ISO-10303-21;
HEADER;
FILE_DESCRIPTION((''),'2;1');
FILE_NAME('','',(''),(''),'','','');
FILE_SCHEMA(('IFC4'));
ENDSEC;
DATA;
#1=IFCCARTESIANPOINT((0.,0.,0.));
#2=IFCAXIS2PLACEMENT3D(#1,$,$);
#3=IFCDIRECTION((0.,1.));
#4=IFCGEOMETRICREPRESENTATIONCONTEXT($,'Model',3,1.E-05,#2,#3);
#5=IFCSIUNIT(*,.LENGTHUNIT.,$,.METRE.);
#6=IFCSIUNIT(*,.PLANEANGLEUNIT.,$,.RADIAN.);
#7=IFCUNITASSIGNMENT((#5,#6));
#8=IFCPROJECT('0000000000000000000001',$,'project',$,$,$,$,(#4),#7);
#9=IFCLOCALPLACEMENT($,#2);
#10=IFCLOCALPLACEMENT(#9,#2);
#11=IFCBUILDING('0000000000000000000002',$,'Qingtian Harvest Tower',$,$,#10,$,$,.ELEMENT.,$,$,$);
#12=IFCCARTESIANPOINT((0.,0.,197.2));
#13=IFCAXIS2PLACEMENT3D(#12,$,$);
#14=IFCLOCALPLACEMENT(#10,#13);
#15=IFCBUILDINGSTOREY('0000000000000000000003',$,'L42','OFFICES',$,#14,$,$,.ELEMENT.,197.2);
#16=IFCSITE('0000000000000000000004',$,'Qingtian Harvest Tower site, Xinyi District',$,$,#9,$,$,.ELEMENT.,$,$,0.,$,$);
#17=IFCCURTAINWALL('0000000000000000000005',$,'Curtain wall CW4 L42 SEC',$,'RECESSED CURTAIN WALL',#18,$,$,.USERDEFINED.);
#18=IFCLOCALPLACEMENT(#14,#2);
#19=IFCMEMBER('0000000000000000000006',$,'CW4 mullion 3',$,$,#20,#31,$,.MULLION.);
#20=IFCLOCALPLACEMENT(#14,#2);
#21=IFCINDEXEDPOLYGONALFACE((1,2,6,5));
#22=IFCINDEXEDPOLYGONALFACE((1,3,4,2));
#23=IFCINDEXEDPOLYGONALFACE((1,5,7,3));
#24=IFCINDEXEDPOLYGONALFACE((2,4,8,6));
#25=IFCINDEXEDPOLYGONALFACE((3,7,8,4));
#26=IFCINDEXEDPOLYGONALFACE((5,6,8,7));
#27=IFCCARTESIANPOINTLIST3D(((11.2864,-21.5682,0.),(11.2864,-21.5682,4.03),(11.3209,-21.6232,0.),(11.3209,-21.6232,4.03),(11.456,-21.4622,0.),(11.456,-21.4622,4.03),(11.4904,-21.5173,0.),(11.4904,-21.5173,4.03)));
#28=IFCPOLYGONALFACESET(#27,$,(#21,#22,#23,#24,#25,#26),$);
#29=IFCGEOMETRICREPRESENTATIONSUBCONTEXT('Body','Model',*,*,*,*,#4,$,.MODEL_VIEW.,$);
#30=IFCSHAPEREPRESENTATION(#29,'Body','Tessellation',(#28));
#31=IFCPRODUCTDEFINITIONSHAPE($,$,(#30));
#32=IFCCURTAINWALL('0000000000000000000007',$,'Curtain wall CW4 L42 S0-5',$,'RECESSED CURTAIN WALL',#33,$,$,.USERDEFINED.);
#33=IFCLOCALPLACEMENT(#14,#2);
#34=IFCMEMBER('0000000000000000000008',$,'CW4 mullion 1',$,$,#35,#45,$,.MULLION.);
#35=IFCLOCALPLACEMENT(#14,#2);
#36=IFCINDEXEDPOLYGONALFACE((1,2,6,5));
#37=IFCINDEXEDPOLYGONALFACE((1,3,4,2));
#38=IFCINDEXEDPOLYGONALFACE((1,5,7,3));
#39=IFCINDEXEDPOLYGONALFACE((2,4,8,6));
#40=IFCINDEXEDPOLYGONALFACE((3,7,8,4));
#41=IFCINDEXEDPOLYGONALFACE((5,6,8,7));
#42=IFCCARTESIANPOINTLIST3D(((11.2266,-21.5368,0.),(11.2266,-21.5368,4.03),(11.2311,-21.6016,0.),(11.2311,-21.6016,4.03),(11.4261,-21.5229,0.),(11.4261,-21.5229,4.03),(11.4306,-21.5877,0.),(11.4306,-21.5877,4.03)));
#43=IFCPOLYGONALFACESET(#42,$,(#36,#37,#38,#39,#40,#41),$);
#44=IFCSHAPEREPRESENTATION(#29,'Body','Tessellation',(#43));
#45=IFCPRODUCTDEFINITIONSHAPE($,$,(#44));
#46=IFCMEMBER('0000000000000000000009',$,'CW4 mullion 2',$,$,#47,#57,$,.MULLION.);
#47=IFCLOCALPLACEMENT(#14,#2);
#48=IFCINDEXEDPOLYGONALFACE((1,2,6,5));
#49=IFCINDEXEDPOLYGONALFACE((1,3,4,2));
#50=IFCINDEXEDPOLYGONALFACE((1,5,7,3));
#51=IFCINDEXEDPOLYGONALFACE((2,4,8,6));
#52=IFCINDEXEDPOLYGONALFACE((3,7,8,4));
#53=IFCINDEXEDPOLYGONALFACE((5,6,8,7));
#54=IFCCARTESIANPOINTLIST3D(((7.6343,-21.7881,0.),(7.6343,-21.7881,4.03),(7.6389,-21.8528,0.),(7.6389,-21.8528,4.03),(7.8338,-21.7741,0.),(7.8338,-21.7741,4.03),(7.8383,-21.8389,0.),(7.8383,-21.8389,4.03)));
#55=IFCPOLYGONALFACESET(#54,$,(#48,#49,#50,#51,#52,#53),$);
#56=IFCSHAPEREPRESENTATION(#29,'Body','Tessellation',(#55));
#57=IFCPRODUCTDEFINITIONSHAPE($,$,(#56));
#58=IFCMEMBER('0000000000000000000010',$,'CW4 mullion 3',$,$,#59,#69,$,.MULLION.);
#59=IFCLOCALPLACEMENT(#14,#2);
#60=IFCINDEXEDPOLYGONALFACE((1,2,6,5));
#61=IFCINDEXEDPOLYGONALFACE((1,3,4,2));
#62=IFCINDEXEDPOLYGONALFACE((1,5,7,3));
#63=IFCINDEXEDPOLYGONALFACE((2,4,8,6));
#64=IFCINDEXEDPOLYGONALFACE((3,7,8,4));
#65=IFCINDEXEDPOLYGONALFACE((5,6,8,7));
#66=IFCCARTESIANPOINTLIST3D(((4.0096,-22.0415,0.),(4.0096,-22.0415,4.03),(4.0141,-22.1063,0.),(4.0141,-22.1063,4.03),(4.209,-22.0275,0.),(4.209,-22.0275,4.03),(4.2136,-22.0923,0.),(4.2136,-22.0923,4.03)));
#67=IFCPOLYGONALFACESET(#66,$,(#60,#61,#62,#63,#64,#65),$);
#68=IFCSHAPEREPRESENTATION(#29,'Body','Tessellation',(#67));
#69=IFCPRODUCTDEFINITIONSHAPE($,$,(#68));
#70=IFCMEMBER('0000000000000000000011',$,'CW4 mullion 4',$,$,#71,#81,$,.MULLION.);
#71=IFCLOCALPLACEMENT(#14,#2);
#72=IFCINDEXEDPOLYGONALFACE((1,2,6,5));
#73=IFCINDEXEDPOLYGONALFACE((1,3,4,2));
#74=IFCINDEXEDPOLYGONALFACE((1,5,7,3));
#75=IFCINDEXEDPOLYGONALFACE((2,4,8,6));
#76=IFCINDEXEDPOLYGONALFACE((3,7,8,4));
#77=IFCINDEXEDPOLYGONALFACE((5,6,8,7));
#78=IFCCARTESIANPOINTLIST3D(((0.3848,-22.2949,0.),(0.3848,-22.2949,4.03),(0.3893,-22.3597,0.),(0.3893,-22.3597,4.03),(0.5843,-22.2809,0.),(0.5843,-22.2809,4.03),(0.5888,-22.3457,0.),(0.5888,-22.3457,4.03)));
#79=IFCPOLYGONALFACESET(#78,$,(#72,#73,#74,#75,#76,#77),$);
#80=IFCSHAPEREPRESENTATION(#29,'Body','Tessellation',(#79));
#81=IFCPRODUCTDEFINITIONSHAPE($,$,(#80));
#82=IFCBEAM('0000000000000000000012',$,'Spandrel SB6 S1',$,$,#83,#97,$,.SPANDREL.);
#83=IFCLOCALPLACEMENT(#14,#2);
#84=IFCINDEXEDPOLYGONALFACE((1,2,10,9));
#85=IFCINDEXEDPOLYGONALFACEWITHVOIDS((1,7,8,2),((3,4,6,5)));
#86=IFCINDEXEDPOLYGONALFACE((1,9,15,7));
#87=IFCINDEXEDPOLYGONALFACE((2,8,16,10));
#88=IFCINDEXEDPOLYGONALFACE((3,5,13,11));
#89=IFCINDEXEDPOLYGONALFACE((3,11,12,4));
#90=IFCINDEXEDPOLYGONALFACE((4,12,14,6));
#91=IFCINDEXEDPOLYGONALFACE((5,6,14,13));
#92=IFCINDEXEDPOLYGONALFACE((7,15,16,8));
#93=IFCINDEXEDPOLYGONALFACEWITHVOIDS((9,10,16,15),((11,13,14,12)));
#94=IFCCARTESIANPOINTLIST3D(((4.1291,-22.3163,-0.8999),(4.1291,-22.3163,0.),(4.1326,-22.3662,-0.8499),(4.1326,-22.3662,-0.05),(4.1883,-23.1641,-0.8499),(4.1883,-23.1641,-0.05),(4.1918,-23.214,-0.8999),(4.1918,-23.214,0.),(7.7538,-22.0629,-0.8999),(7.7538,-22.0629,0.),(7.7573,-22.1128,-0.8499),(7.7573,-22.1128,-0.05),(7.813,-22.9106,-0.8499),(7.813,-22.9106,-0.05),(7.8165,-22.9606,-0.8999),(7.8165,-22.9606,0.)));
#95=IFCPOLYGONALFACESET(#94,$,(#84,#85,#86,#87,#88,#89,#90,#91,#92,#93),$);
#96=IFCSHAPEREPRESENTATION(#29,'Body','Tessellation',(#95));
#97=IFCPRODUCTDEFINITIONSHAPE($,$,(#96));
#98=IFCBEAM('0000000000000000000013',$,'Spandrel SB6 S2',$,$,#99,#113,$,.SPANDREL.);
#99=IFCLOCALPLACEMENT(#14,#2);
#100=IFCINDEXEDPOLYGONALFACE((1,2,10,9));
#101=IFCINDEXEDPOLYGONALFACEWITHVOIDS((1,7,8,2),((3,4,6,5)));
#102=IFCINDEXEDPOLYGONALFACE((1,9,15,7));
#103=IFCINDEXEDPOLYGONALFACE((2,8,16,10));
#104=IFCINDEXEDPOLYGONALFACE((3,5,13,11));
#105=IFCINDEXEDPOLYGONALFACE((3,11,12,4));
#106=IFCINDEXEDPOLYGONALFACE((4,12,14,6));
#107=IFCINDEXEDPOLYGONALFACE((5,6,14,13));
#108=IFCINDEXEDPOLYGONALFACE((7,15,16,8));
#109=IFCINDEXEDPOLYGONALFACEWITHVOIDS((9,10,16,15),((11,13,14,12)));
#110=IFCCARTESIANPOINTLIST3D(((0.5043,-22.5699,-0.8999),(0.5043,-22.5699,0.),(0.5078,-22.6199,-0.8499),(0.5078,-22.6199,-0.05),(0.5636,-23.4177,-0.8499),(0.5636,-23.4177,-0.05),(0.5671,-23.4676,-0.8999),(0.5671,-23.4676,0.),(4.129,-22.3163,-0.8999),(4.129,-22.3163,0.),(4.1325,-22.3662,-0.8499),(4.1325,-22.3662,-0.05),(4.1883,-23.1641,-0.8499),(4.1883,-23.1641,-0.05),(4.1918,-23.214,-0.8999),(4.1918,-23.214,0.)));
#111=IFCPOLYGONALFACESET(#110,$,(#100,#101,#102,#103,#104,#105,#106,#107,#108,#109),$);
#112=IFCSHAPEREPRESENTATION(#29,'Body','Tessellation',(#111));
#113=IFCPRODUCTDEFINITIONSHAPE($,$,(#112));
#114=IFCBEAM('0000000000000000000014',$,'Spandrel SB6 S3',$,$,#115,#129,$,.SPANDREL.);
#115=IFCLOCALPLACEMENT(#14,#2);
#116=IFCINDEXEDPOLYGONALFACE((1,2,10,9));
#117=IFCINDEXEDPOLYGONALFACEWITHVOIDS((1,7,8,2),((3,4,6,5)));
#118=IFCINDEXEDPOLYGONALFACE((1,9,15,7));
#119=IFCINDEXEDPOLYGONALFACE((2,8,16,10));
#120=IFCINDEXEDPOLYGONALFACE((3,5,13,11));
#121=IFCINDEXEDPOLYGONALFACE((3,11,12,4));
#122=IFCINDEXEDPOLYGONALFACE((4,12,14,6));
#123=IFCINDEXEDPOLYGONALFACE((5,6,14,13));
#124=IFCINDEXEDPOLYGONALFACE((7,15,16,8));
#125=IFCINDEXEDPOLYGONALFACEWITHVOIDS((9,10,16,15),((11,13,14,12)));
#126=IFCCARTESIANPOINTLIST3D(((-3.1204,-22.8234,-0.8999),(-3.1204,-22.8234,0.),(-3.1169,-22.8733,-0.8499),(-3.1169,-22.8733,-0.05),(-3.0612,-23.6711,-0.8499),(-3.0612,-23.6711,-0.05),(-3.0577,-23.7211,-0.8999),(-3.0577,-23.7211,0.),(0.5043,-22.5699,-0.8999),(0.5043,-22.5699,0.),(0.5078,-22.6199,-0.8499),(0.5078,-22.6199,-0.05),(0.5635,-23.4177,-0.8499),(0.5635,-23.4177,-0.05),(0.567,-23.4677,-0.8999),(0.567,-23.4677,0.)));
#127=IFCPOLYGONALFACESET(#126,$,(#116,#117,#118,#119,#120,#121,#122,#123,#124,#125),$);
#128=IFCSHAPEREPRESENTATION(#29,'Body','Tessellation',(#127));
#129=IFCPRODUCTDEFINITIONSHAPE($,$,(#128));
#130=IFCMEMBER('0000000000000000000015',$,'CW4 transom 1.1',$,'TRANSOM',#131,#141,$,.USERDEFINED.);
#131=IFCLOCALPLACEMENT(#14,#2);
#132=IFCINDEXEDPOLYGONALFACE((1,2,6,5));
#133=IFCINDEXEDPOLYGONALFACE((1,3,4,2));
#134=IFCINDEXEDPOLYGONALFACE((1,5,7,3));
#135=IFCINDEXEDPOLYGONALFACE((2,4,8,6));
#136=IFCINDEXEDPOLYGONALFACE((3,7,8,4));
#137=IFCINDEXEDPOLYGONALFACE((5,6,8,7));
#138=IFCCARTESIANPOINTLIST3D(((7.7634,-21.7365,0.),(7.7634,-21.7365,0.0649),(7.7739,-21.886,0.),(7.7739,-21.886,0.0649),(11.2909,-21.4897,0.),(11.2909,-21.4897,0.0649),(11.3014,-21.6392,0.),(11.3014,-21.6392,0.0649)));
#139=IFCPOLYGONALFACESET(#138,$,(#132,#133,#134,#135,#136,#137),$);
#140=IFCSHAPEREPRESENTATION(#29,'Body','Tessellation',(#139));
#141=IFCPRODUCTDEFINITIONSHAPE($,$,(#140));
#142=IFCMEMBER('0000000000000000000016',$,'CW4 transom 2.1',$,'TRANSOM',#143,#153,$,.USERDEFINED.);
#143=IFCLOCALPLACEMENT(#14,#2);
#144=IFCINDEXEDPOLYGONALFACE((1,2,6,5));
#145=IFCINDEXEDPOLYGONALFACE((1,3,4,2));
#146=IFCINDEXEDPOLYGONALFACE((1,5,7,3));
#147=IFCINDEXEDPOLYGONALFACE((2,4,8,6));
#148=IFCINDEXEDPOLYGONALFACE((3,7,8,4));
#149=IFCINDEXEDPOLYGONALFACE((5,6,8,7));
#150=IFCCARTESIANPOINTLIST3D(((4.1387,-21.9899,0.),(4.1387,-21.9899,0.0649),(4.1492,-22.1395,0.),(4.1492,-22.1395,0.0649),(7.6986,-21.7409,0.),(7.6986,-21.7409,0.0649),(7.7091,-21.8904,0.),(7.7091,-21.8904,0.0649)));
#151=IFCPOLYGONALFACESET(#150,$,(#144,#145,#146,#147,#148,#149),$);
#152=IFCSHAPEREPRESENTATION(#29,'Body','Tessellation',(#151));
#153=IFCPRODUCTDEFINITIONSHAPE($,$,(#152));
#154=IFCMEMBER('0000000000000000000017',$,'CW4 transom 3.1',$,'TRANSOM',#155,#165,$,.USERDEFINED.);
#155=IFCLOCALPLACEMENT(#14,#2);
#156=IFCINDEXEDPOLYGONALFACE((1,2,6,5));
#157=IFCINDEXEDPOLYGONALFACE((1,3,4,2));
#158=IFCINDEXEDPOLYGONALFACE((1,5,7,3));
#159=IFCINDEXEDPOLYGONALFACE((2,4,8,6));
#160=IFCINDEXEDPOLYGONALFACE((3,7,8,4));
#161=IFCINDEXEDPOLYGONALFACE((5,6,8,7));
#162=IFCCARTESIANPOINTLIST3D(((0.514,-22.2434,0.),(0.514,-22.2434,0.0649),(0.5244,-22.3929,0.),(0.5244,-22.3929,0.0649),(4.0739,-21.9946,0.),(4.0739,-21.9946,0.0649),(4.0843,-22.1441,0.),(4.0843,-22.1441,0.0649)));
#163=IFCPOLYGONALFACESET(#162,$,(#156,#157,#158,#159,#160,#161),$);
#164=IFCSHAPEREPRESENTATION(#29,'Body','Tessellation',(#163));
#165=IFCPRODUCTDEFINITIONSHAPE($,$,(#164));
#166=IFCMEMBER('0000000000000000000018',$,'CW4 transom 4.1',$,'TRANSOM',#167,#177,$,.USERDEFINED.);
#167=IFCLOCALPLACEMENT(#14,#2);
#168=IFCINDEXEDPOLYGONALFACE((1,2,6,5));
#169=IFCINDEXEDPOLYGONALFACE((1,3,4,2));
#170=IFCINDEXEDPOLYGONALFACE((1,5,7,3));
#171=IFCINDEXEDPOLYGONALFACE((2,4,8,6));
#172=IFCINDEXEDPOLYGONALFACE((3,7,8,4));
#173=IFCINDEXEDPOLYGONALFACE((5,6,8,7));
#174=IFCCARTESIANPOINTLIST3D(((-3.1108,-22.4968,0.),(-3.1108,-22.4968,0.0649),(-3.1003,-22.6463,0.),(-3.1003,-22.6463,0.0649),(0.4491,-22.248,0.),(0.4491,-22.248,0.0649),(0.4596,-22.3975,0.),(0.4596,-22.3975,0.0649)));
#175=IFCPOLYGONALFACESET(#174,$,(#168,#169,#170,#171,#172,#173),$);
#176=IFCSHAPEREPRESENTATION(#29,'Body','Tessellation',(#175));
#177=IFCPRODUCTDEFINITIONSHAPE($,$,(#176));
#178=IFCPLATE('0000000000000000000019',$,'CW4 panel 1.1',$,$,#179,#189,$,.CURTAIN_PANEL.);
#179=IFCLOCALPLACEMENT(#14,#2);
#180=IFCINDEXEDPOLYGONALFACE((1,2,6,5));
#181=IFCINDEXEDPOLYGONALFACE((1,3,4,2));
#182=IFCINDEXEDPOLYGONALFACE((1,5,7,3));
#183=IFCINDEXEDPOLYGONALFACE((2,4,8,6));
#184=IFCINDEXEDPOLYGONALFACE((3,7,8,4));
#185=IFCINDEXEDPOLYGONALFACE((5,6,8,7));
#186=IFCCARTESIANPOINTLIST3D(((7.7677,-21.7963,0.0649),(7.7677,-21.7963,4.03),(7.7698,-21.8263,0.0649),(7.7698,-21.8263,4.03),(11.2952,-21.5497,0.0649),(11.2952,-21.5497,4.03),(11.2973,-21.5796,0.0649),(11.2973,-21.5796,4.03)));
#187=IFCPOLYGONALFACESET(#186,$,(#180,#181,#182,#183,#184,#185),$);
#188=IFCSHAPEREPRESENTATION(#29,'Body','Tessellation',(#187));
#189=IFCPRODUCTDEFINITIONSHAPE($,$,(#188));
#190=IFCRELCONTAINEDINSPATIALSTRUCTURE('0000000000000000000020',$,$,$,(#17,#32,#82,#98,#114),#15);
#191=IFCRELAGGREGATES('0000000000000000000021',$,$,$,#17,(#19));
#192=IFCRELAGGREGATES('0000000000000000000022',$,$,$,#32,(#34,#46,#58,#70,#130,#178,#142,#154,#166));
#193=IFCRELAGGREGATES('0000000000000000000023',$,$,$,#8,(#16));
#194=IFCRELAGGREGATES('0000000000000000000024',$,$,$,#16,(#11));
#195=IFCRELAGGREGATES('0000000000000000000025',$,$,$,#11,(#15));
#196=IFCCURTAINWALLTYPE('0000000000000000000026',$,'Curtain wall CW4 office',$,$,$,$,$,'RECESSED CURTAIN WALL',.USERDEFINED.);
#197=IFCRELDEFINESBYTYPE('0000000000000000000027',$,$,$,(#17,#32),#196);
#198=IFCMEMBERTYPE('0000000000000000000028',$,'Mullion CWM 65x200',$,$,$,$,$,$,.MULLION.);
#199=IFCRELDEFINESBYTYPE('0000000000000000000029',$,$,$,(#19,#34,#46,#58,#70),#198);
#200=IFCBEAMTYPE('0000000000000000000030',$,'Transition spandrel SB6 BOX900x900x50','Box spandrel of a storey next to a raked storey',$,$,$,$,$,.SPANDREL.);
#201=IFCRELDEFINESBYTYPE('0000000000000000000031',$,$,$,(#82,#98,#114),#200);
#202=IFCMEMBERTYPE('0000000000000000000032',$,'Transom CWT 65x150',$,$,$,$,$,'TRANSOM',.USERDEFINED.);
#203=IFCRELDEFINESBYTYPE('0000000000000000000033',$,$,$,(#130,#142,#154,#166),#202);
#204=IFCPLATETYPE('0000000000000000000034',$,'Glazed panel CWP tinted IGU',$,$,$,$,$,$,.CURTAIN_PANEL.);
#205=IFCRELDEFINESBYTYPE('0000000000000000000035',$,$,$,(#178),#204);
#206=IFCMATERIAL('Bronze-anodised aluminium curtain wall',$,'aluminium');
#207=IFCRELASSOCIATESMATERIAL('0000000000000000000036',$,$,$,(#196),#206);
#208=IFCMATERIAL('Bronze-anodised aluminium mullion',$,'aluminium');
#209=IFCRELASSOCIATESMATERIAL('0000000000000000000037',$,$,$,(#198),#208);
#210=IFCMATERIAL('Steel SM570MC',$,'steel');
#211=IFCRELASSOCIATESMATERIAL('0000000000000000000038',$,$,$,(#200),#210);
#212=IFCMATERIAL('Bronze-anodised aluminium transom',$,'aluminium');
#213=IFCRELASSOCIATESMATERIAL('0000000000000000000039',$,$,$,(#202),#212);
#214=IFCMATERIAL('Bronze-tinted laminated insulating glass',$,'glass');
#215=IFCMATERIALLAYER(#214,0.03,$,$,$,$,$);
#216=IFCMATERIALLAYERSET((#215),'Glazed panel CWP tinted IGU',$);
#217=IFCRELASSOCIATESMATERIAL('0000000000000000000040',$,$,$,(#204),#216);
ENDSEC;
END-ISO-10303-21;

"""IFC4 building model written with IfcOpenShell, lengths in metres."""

from ifc_helpers import new_model, si_unit, direction, frame, origin, origin_2d, place, context, subcontext, project, spatial, rectangle, hollow_rectangle, extrude, material, layer, layer_set, material_profile, profile_set, type_object, element, aggregate, save


model = new_model("IFC4")

# Units and contexts
model_context = context("Model", 3, precision=1e-05, world=origin(), true_north=direction((0.0, 1.0)))
body_context = subcontext(model_context, "Body", "Model", "MODEL_VIEW")
ifc_project = project(units=[si_unit("LENGTHUNIT", "METRE"), si_unit("PLANEANGLEUNIT", "RADIAN")], contexts=[model_context])

# Site, building, storey
site_placement = place(None, origin())
site = spatial("IfcSite", under=ifc_project, at=site_placement, Name="Qingtian Harvest Tower site, Xinyi District", CompositionType="ELEMENT", RefElevation=0.0)
building_placement = place(site_placement, origin())
building = spatial("IfcBuilding", under=site, at=building_placement, Name="Qingtian Harvest Tower", CompositionType="ELEMENT")
storey_placement = place(building_placement, frame((0.0, 0.0, 197.2)))
storey = spatial("IfcBuildingStorey", under=building, at=storey_placement, Name="L42", Description="OFFICES", CompositionType="ELEMENT", Elevation=197.2)

# Curtain wall, member
ifc_material_1 = material(Name="Bronze-anodised aluminium curtain wall", Category="aluminium")
curtain_wall_type = type_object("IfcCurtainWallType", Name="Curtain wall CW4 office", ElementType="RECESSED CURTAIN WALL", PredefinedType="USERDEFINED", material=ifc_material_1)
curtain_wall_1_placement = place(storey_placement, origin())
curtain_wall_1 = element("IfcCurtainWall", 1, at=curtain_wall_1_placement, inside=storey, type_object=curtain_wall_type, Name="Curtain wall CW4 L42 SEC", ObjectType="RECESSED CURTAIN WALL", PredefinedType="USERDEFINED")
ifc_material_2 = material(Name="Bronze-anodised aluminium mullion", Category="aluminium")
ifc_material_profile_1 = material_profile(ifc_material_2, rectangle(XDim=0.0649, YDim=0.2, at=origin_2d()), Name="AL 65x200")
ifc_profile_set_1 = profile_set([ifc_material_profile_1], Name="Bronze-anodised aluminium mullion")
member_type_1 = type_object("IfcMemberType", Name="Mullion CWM 65x200", PredefinedType="MULLION", material=ifc_profile_set_1)
member_1_placement = place(storey_placement, frame((11.3884, -21.5427, 0.0), z_axis=(0.0, 0.0, 1.0), x_axis=(0.529919, -0.848048, 0.0)))
member_1 = element("IfcMember", 2, at=member_1_placement, type_object=member_type_1, Name="CW4 mullion 3", PredefinedType="MULLION", context=body_context, shape_type="SweptSolid", body=[
    extrude(rectangle(XDim=0.0649, YDim=0.2, at=origin_2d()), origin(), (0.0, 0.0, 1.0), 4.03),
])
aggregate(curtain_wall_1, [member_1])

# Curtain wall, members
curtain_wall_2_placement = place(storey_placement, origin())
curtain_wall_2 = element("IfcCurtainWall", 3, at=curtain_wall_2_placement, inside=storey, type_object=curtain_wall_type, Name="Curtain wall CW4 L42 S0-5", ObjectType="RECESSED CURTAIN WALL", PredefinedType="USERDEFINED")
member_2_placement = place(storey_placement, frame((11.3286, -21.5623, 0.0), z_axis=(0.0, 0.0, 1.0), x_axis=(0.069756, -0.997564, 0.0)))
member_2 = element("IfcMember", 4, at=member_2_placement, type_object=member_type_1, Name="CW4 mullion 1", PredefinedType="MULLION", context=body_context, shape_type="SweptSolid", body=[
    extrude(rectangle(XDim=0.0649, YDim=0.2, at=origin_2d()), origin(), (0.0, 0.0, 1.0), 4.03),
])
member_3_placement = place(storey_placement, frame((7.7363, -21.8135, 0.0), z_axis=(0.0, 0.0, 1.0), x_axis=(0.069756, -0.997564, 0.0)))
member_3 = element("IfcMember", 5, at=member_3_placement, type_object=member_type_1, Name="CW4 mullion 2", PredefinedType="MULLION", context=body_context, shape_type="SweptSolid", body=[
    extrude(rectangle(XDim=0.0649, YDim=0.2, at=origin_2d()), origin(), (0.0, 0.0, 1.0), 4.03),
])
member_4_placement = place(storey_placement, frame((4.1116, -22.0669, 0.0), z_axis=(0.0, 0.0, 1.0), x_axis=(0.069756, -0.997564, 0.0)))
member_4 = element("IfcMember", 6, at=member_4_placement, type_object=member_type_1, Name="CW4 mullion 3", PredefinedType="MULLION", context=body_context, shape_type="SweptSolid", body=[
    extrude(rectangle(XDim=0.0649, YDim=0.2, at=origin_2d()), origin(), (0.0, 0.0, 1.0), 4.03),
])
member_5_placement = place(storey_placement, frame((0.4868, -22.3203, 0.0), z_axis=(0.0, 0.0, 1.0), x_axis=(0.069756, -0.997564, 0.0)))
member_5 = element("IfcMember", 7, at=member_5_placement, type_object=member_type_1, Name="CW4 mullion 4", PredefinedType="MULLION", context=body_context, shape_type="SweptSolid", body=[
    extrude(rectangle(XDim=0.0649, YDim=0.2, at=origin_2d()), origin(), (0.0, 0.0, 1.0), 4.03),
])

# Beams
ifc_material_3 = material(Name="Steel SM570MC", Category="steel")
ifc_material_profile_2 = material_profile(ifc_material_3, hollow_rectangle(XDim=0.8999, YDim=0.8999, WallThickness=0.05, at=origin_2d()), Name="BOX900x900x50")
ifc_profile_set_2 = profile_set([ifc_material_profile_2], Name="Steel SM570MC")
beam_type_1 = type_object("IfcBeamType", Name="Transition spandrel SB6 BOX900x900x50", Description="Box spandrel of a storey next to a raked storey", PredefinedType="SPANDREL", material=ifc_profile_set_2)
for number, where, z_axis, x_axis, name in (
    (8, (7.7852, -22.5117, -0.45), (-0.997565, -0.069743, 0.0), (0.069743, -0.997565, 0.0), "Spandrel SB6 S1"),
    (9, (4.1604, -22.7651, -0.45), (-0.99756, -0.06981, 0.0), (0.06981, -0.99756, 0.0), "Spandrel SB6 S2"),
    (10, (0.5356, -23.0188, -0.45), (-0.997565, -0.069743, 0.0), (0.069743, -0.997565, 0.0), "Spandrel SB6 S3"),
):
    element("IfcBeam", number, at=place(storey_placement, frame(where, z_axis=z_axis, x_axis=x_axis)), inside=storey, type_object=beam_type_1, Name=name, PredefinedType="SPANDREL", context=body_context, shape_type="SweptSolid", body=[
        extrude(hollow_rectangle(XDim=0.8999, YDim=0.8999, WallThickness=0.05, at=origin_2d()), origin(), (0.0, 0.0, 1.0), 3.6335),
    ])

# Members
ifc_material_4 = material(Name="Bronze-anodised aluminium transom", Category="aluminium")
ifc_material_profile_3 = material_profile(ifc_material_4, rectangle(XDim=0.1499, YDim=0.0649, at=origin_2d()), Name="AL 65x150")
ifc_profile_set_3 = profile_set([ifc_material_profile_3], Name="Bronze-anodised aluminium transom")
member_type_2 = type_object("IfcMemberType", Name="Transom CWT 65x150", ElementType="TRANSOM", PredefinedType="USERDEFINED", material=ifc_profile_set_3)
member_6_placement = place(storey_placement, frame((11.2961, -21.5645, 0.0325), z_axis=(-0.997561, -0.0698, 0.0), x_axis=(0.0698, -0.997561, 0.0)))
member_6 = element("IfcMember", 11, at=member_6_placement, type_object=member_type_2, Name="CW4 transom 1.1", ObjectType="TRANSOM", PredefinedType="USERDEFINED", context=body_context, shape_type="SweptSolid", body=[
    extrude(rectangle(XDim=0.1499, YDim=0.0649, at=origin_2d()), origin(), (0.0, 0.0, 1.0), 3.5361),
])
member_7_placement = place(storey_placement, frame((7.7039, -21.8157, 0.0325), z_axis=(-0.997562, -0.069784, 0.0), x_axis=(0.069784, -0.997562, 0.0)))
member_7 = element("IfcMember", 12, at=member_7_placement, type_object=member_type_2, Name="CW4 transom 2.1", ObjectType="TRANSOM", PredefinedType="USERDEFINED", context=body_context, shape_type="SweptSolid", body=[
    extrude(rectangle(XDim=0.1499, YDim=0.0649, at=origin_2d()), origin(), (0.0, 0.0, 1.0), 3.5686),
])
member_8_placement = place(storey_placement, frame((4.0791, -22.0693, 0.0325), z_axis=(-0.997567, -0.069715, 0.0), x_axis=(0.069715, -0.997567, 0.0)))
member_8 = element("IfcMember", 13, at=member_8_placement, type_object=member_type_2, Name="CW4 transom 3.1", ObjectType="TRANSOM", PredefinedType="USERDEFINED", context=body_context, shape_type="SweptSolid", body=[
    extrude(rectangle(XDim=0.1499, YDim=0.0649, at=origin_2d()), origin(), (0.0, 0.0, 1.0), 3.5686),
])
member_9_placement = place(storey_placement, frame((0.4543, -22.3228, 0.0325), z_axis=(-0.997567, -0.069715, 0.0), x_axis=(0.069715, -0.997567, 0.0)))
member_9 = element("IfcMember", 14, at=member_9_placement, type_object=member_type_2, Name="CW4 transom 4.1", ObjectType="TRANSOM", PredefinedType="USERDEFINED", context=body_context, shape_type="SweptSolid", body=[
    extrude(rectangle(XDim=0.1499, YDim=0.0649, at=origin_2d()), origin(), (0.0, 0.0, 1.0), 3.5686),
])

# Plate
ifc_material_5 = material(Name="Bronze-tinted laminated insulating glass", Category="glass")
ifc_layer_1 = layer(ifc_material_5, 0.03)
ifc_layer_set_1 = layer_set([ifc_layer_1], Name="Glazed panel CWP tinted IGU")
plate_type = type_object("IfcPlateType", Name="Glazed panel CWP tinted IGU", PredefinedType="CURTAIN_PANEL", material=ifc_layer_set_1)
plate_1_placement = place(storey_placement, frame((9.5325, -21.688, 0.0649), z_axis=(0.0, 0.0, 1.0), x_axis=(-0.997564, -0.069756, 0.0)))
plate_1 = element("IfcPlate", 15, at=plate_1_placement, type_object=plate_type, Name="CW4 panel 1.1", PredefinedType="CURTAIN_PANEL", context=body_context, shape_type="SweptSolid", body=[
    extrude(rectangle(XDim=3.5361, YDim=0.03, at=origin_2d()), origin(), (0.0, 0.0, 1.0), 3.9651),
])
aggregate(curtain_wall_2, [member_2, member_3, member_4, member_5, member_6, plate_1, member_7, member_8, member_9])

save(model, "model.ifc")
